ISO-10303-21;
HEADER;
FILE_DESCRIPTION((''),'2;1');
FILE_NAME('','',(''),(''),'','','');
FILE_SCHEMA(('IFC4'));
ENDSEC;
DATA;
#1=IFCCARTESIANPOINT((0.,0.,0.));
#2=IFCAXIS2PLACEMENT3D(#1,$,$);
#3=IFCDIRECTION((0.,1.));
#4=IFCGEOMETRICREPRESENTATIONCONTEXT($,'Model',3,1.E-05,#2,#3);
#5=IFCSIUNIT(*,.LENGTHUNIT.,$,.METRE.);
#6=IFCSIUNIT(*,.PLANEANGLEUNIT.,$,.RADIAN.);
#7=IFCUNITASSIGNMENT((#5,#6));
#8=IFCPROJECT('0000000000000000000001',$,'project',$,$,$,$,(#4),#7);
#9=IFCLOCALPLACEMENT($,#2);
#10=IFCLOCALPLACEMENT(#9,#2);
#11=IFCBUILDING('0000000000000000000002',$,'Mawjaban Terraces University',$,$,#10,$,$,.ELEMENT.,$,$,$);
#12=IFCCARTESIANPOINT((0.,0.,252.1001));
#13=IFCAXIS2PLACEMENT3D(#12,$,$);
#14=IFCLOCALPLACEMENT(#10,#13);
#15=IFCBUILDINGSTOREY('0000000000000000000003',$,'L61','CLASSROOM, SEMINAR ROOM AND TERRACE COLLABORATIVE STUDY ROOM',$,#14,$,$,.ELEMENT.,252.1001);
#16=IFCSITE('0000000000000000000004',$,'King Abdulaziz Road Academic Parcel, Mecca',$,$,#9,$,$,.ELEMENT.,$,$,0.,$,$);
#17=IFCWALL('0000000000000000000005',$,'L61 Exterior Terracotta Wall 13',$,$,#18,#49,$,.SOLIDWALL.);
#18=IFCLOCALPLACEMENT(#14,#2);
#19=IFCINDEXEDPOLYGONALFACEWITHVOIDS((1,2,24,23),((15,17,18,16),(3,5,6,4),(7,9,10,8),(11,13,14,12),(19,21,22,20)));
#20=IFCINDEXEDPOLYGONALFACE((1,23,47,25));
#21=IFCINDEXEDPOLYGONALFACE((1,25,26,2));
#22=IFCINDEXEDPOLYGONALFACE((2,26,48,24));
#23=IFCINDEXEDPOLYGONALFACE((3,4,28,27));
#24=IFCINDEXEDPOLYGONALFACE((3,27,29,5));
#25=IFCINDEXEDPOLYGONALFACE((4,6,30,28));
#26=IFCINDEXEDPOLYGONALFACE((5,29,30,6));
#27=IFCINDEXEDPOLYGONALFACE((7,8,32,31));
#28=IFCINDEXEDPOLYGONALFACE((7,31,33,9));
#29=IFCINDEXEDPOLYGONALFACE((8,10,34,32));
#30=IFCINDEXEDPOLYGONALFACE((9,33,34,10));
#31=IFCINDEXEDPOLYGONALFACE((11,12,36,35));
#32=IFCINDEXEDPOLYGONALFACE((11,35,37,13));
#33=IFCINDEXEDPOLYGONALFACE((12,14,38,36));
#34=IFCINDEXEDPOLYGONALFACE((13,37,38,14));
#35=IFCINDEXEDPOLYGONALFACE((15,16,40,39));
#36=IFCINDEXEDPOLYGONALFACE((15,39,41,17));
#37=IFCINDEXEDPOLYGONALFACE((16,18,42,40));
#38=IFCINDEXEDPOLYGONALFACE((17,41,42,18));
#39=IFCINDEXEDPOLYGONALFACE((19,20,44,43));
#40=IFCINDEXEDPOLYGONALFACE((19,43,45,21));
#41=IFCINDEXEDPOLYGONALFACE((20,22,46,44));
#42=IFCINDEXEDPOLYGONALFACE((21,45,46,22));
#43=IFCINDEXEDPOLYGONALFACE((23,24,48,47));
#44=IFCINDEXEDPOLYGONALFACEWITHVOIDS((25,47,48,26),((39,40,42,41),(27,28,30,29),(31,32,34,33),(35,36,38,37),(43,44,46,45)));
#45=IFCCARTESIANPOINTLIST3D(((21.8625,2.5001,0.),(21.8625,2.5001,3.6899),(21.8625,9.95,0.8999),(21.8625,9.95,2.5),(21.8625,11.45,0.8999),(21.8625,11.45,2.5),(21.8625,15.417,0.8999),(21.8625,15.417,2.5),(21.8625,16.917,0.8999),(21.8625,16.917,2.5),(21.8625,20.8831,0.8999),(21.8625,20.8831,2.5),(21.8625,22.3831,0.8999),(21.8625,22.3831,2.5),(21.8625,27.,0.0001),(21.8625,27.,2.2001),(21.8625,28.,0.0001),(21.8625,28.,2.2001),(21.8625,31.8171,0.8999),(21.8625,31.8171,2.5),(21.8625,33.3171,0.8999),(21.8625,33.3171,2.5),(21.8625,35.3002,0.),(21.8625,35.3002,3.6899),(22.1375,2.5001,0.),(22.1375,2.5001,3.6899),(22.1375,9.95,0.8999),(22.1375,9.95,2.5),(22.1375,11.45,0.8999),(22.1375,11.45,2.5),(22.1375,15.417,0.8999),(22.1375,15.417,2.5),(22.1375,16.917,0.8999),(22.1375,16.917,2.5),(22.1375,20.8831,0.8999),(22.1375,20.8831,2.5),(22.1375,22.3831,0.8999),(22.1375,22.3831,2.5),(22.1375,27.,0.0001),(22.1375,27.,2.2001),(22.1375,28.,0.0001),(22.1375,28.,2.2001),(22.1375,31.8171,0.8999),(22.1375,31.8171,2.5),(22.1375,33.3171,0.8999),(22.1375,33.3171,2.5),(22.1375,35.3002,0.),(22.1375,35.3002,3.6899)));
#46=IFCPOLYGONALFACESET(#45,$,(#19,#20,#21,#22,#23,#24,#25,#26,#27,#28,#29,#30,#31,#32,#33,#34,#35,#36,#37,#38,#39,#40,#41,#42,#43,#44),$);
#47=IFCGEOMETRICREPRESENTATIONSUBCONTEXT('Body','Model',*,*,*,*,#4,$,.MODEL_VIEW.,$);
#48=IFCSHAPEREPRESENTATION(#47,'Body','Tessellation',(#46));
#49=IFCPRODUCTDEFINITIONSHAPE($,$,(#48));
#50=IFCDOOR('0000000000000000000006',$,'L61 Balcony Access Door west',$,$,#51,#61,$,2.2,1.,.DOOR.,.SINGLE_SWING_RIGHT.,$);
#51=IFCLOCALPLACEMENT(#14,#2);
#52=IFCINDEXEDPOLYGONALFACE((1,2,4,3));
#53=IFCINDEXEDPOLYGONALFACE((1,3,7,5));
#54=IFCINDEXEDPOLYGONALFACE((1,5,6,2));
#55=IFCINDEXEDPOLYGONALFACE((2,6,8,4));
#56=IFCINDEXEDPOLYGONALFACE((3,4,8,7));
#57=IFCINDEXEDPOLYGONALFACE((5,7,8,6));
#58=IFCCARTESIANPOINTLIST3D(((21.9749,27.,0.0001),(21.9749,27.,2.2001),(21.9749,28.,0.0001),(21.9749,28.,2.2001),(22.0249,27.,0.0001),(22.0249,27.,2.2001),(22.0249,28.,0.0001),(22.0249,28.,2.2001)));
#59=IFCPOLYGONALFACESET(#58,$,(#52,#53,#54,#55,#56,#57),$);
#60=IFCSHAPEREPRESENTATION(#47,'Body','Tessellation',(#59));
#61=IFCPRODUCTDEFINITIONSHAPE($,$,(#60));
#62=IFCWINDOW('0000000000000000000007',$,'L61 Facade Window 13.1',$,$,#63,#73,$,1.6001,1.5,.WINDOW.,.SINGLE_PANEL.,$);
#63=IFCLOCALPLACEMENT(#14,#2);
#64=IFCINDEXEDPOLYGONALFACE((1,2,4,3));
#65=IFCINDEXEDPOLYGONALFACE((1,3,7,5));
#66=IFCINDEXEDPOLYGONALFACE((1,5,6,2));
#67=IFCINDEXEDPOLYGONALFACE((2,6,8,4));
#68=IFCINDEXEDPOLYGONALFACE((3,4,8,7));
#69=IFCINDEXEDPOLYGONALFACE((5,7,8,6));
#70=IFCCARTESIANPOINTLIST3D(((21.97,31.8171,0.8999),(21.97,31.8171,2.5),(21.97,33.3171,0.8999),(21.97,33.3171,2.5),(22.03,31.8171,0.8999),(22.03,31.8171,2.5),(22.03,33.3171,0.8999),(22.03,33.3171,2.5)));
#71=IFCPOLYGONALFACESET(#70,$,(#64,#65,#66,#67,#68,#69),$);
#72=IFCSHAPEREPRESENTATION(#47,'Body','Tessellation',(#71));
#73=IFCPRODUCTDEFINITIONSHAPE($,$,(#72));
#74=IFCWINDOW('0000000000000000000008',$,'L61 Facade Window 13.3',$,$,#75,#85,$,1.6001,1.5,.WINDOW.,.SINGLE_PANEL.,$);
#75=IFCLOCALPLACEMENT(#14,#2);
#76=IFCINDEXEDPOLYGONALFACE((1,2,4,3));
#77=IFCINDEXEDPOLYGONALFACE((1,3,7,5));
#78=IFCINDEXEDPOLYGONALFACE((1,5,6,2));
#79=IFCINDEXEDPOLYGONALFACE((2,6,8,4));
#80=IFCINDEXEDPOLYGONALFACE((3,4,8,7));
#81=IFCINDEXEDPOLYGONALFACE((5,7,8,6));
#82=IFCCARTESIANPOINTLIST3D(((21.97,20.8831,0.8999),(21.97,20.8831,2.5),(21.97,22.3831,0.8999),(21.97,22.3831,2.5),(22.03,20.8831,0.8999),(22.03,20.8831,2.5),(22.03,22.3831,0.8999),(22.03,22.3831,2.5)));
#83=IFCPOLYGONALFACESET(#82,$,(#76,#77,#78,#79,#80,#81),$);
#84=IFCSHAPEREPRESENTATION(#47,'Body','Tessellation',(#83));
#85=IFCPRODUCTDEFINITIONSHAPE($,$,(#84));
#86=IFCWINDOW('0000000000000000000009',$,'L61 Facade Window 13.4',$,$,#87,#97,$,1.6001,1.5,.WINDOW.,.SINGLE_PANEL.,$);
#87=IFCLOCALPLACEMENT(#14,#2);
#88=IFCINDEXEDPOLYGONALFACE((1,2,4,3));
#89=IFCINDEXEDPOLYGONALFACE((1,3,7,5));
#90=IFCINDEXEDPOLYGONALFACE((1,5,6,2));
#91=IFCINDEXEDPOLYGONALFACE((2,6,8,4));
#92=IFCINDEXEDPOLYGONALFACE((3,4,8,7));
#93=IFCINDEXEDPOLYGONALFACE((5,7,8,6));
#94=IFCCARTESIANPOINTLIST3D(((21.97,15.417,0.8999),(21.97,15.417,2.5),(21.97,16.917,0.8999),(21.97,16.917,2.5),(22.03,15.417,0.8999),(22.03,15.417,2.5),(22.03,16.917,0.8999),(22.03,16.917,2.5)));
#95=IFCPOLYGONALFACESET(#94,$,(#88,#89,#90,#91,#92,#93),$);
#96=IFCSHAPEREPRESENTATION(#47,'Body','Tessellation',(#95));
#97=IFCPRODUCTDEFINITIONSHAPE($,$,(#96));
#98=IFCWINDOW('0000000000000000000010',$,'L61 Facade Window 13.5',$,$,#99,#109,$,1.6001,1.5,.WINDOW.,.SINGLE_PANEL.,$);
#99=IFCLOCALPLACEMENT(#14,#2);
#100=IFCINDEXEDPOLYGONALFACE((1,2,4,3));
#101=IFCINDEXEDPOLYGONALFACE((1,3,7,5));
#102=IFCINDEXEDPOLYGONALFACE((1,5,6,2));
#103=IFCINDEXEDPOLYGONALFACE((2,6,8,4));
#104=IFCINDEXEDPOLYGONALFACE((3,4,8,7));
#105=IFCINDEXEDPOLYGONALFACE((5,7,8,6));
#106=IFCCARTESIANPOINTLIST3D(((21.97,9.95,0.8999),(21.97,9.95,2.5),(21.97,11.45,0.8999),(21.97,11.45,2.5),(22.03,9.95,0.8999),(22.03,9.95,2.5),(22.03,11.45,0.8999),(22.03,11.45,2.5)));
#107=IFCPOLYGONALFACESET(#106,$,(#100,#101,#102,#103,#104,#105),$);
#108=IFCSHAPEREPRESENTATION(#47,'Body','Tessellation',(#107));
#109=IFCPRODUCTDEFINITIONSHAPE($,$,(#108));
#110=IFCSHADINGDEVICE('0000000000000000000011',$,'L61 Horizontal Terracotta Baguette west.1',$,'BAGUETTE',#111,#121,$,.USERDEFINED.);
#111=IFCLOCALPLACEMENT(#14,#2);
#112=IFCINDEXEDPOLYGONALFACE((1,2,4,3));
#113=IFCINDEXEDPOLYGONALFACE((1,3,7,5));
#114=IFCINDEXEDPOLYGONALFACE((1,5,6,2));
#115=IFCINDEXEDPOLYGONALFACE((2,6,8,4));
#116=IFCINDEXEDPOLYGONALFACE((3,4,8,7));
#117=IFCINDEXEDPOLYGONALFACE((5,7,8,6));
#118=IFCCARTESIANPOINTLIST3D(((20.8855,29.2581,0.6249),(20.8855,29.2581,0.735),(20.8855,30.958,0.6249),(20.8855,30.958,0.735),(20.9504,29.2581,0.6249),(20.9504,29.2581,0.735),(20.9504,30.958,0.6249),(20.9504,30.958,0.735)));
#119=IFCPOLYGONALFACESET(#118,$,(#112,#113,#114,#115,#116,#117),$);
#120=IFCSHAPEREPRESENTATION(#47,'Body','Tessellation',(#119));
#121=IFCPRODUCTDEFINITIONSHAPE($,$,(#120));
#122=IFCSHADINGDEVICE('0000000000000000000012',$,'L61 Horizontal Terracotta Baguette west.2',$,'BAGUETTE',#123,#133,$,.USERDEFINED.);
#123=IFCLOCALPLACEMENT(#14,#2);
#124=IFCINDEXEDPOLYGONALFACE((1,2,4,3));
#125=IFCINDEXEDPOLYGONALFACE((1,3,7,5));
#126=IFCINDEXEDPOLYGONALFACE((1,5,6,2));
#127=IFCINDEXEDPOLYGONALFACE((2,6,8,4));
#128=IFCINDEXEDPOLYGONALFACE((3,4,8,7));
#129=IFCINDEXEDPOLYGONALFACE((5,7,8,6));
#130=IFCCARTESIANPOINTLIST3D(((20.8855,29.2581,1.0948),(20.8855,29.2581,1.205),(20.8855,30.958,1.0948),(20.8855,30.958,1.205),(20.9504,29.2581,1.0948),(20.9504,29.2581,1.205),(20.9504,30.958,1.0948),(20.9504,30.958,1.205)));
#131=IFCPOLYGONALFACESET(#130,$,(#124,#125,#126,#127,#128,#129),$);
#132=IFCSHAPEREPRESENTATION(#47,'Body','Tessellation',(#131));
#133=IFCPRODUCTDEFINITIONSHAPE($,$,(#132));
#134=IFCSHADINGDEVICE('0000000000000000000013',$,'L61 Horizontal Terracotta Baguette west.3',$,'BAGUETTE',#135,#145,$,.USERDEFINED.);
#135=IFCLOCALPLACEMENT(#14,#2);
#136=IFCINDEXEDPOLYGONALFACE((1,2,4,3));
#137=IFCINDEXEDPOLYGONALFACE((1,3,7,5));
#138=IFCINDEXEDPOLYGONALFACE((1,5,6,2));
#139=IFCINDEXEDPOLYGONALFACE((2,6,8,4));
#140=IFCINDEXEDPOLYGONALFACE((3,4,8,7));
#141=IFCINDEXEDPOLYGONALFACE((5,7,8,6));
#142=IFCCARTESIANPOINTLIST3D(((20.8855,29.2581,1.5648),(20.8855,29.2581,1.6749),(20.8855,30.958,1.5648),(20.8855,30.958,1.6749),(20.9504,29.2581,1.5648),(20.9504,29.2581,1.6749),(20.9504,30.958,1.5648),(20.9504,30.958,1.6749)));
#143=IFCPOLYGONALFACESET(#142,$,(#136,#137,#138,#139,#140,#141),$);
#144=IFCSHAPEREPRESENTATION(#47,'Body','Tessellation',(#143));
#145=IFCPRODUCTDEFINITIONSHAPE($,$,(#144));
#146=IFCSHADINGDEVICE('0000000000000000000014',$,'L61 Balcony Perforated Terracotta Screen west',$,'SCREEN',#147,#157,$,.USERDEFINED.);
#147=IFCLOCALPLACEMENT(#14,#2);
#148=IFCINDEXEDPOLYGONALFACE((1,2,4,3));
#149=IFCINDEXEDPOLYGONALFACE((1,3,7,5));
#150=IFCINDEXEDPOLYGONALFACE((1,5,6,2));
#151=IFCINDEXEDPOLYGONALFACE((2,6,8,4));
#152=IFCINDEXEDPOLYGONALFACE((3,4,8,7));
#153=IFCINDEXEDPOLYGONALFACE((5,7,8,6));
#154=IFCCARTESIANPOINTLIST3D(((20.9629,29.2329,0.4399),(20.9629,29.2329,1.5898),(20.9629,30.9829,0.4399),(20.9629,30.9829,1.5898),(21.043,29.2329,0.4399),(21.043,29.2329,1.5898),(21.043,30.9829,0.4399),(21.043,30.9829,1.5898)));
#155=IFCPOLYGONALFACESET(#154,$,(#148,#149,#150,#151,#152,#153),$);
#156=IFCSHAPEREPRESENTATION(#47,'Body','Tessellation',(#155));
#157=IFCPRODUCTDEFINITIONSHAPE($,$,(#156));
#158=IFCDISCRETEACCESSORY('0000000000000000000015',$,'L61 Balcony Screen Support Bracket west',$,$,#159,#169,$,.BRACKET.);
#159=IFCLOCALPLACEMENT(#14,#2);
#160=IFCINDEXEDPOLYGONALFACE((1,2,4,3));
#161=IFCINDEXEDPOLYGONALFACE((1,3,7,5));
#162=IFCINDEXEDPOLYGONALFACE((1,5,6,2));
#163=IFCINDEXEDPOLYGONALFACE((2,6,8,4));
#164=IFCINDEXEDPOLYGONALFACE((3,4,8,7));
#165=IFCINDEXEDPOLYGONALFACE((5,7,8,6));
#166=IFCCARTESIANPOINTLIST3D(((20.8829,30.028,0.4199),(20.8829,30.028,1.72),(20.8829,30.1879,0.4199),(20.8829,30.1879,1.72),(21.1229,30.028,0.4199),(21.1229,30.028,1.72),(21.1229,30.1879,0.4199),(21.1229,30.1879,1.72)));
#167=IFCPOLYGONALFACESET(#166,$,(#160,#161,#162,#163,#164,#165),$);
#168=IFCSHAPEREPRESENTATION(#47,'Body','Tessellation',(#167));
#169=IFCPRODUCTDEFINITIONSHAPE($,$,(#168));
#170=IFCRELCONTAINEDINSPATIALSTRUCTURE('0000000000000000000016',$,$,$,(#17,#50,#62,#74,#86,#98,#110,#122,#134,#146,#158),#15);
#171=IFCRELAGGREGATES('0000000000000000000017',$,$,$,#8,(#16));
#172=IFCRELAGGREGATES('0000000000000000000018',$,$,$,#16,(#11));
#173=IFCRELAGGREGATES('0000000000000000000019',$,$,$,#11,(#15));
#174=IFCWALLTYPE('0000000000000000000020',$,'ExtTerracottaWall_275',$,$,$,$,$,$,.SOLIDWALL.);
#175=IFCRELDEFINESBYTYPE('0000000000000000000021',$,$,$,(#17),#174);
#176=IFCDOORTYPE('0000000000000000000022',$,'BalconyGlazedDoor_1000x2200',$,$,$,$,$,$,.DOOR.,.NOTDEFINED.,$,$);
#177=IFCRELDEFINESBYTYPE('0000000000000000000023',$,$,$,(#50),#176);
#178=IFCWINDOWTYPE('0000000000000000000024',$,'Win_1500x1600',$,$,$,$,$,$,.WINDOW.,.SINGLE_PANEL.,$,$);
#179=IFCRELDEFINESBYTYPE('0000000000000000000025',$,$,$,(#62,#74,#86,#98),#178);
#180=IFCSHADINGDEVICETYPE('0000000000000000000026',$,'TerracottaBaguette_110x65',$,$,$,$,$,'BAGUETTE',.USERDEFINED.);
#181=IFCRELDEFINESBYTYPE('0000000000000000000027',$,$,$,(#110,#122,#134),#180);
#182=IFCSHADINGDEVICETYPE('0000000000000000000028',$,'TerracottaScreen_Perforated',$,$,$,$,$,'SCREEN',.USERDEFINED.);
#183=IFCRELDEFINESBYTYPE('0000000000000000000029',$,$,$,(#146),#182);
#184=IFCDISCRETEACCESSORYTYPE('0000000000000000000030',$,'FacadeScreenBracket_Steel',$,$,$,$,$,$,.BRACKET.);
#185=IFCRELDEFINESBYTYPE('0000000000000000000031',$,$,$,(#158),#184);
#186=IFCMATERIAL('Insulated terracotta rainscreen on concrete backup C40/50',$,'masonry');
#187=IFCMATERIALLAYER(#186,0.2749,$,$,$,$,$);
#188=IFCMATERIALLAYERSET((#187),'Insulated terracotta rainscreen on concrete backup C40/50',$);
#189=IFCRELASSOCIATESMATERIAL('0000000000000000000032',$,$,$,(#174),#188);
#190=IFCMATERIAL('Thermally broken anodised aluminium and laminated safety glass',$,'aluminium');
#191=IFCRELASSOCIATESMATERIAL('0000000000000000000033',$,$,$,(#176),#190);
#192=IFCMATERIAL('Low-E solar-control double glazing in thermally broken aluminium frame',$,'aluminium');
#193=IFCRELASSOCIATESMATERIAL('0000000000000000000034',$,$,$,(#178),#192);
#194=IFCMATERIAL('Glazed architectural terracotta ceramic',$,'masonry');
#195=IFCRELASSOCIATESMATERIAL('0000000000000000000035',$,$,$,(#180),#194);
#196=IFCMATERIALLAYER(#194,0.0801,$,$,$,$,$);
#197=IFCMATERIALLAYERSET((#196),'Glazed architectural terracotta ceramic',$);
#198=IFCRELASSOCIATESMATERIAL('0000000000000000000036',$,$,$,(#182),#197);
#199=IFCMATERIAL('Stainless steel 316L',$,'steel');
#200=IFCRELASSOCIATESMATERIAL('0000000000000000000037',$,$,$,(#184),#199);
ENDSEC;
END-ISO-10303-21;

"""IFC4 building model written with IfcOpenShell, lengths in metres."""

from ifc_helpers import new_model, si_unit, direction, frame, frame_2d, origin, origin_2d, place, context, subcontext, project, spatial, rectangle, extrude, material, layer, layer_set, material_profile, profile_set, type_object, element, fill, save


model = new_model("IFC4")

# Units and contexts
model_context = context("Model", 3, precision=1e-05, world=origin(), true_north=direction((0.0, 1.0)))
body_context = subcontext(model_context, "Body", "Model", "MODEL_VIEW")
ifc_project = project(units=[si_unit("LENGTHUNIT", "METRE"), si_unit("PLANEANGLEUNIT", "RADIAN")], contexts=[model_context])

# Site, building, storey
site_placement = place(None, origin())
site = spatial("IfcSite", under=ifc_project, at=site_placement, Name="King Abdulaziz Road Academic Parcel, Mecca", CompositionType="ELEMENT", RefElevation=0.0)
building_placement = place(site_placement, origin())
building = spatial("IfcBuilding", under=site, at=building_placement, Name="Mawjaban Terraces University", CompositionType="ELEMENT")
storey_placement = place(building_placement, frame((0.0, 0.0, 252.1001)))
storey = spatial("IfcBuildingStorey", under=building, at=storey_placement, Name="L61", Description="CLASSROOM, SEMINAR ROOM AND TERRACE COLLABORATIVE STUDY ROOM", CompositionType="ELEMENT", Elevation=252.1001)

# Shared definitions
ifc_material_1 = material(Name="Insulated terracotta rainscreen on concrete backup C40/50", Category="masonry")
ifc_layer_1 = layer(ifc_material_1, 0.2749)
ifc_layer_set_1 = layer_set([ifc_layer_1], Name="Insulated terracotta rainscreen on concrete backup C40/50")
wall_type_1 = type_object("IfcWallType", Name="ExtTerracottaWall_275", PredefinedType="SOLIDWALL", material=ifc_layer_set_1)

# Wall, openings, door, windows
wall_1_placement = place(storey_placement, frame((22.0, 35.3, 0.0), z_axis=(0.0, 0.0, 1.0), x_axis=(0.0, -1.0, 0.0)))
wall_1 = element("IfcWall", 1, at=wall_1_placement, inside=storey, type_object=wall_type_1, Name="L61 Exterior Terracotta Wall 13", PredefinedType="SOLIDWALL", context=body_context, shape_type="SweptSolid", body=[
    extrude(rectangle(XDim=32.8, YDim=0.2749, at=frame_2d((16.3999, 0.0))), origin(), (0.0, 0.0, 1.0), 3.6899),
])
opening_1_placement = place(wall_1_placement, frame((7.3, 0.0, 0.0)))
opening_1 = element("IfcOpeningElement", 2, at=opening_1_placement, cuts=wall_1, PredefinedType="OPENING", context=body_context, shape_type="SweptSolid", body=[
    extrude(rectangle(XDim=1.0, YDim=2.2, at=frame_2d((0.5, 1.1001))), frame((0.0, 0.1475, 0.0), z_axis=(0.0, -1.0, 0.0), x_axis=(1.0, 0.0, 0.0)), (0.0, 0.0, 1.0), 0.2949),
])
opening_2_placement = place(wall_1_placement, frame((1.9829, 0.0, 0.8999)))
opening_2 = element("IfcOpeningElement", 3, at=opening_2_placement, cuts=wall_1, PredefinedType="OPENING", context=body_context, shape_type="SweptSolid", body=[
    extrude(rectangle(XDim=1.5, YDim=1.6001, at=frame_2d((0.75, 0.8))), frame((0.0, 0.1475, 0.0), z_axis=(0.0, -1.0, 0.0), x_axis=(1.0, 0.0, 0.0)), (0.0, 0.0, 1.0), 0.2949),
])
opening_3_placement = place(wall_1_placement, frame((12.917, 0.0, 0.8999)))
opening_3 = element("IfcOpeningElement", 4, at=opening_3_placement, cuts=wall_1, PredefinedType="OPENING", context=body_context, shape_type="SweptSolid", body=[
    extrude(rectangle(XDim=1.5, YDim=1.6001, at=frame_2d((0.75, 0.8))), frame((0.0, 0.1475, 0.0), z_axis=(0.0, -1.0, 0.0), x_axis=(1.0, 0.0, 0.0)), (0.0, 0.0, 1.0), 0.2949),
])
opening_4_placement = place(wall_1_placement, frame((18.3831, 0.0, 0.8999)))
opening_4 = element("IfcOpeningElement", 5, at=opening_4_placement, cuts=wall_1, PredefinedType="OPENING", context=body_context, shape_type="SweptSolid", body=[
    extrude(rectangle(XDim=1.5, YDim=1.6001, at=frame_2d((0.75, 0.8))), frame((0.0, 0.1475, 0.0), z_axis=(0.0, -1.0, 0.0), x_axis=(1.0, 0.0, 0.0)), (0.0, 0.0, 1.0), 0.2949),
])
opening_5_placement = place(wall_1_placement, frame((23.8501, 0.0, 0.8999)))
opening_5 = element("IfcOpeningElement", 6, at=opening_5_placement, cuts=wall_1, PredefinedType="OPENING", context=body_context, shape_type="SweptSolid", body=[
    extrude(rectangle(XDim=1.5, YDim=1.6001, at=frame_2d((0.75, 0.8))), frame((0.0, 0.1475, 0.0), z_axis=(0.0, -1.0, 0.0), x_axis=(1.0, 0.0, 0.0)), (0.0, 0.0, 1.0), 0.2949),
])
ifc_material_2 = material(Name="Thermally broken anodised aluminium and laminated safety glass", Category="aluminium")
door_type_1 = type_object("IfcDoorType", Name="BalconyGlazedDoor_1000x2200", OperationType="NOTDEFINED", PredefinedType="DOOR", material=ifc_material_2)
door_1_placement = place(opening_1_placement, origin())
door_1 = element("IfcDoor", 7, at=door_1_placement, inside=storey, type_object=door_type_1, Name="L61 Balcony Access Door west", OperationType="SINGLE_SWING_RIGHT", OverallHeight=2.2, OverallWidth=1.0, PredefinedType="DOOR", context=body_context, shape_type="SweptSolid", body=[
    extrude(rectangle(XDim=1.0, YDim=2.2, at=frame_2d((0.5, 1.1001))), frame((0.0, 0.0249, 0.0), z_axis=(0.0, -1.0, 0.0), x_axis=(1.0, 0.0, 0.0)), (0.0, 0.0, 1.0), 0.05),
])
fill(opening_1, door_1)
ifc_material_3 = material(Name="Low-E solar-control double glazing in thermally broken aluminium frame", Category="aluminium")
window_type = type_object("IfcWindowType", Name="Win_1500x1600", PartitioningType="SINGLE_PANEL", PredefinedType="WINDOW", material=ifc_material_3)
window_1_placement = place(opening_2_placement, origin())
window_1 = element("IfcWindow", 8, at=window_1_placement, inside=storey, type_object=window_type, Name="L61 Facade Window 13.1", OverallHeight=1.6001, OverallWidth=1.5, PartitioningType="SINGLE_PANEL", PredefinedType="WINDOW", context=body_context, shape_type="SweptSolid", body=[
    extrude(rectangle(XDim=1.5, YDim=1.6001, at=frame_2d((0.75, 0.8))), frame((0.0, 0.03, 0.0), z_axis=(0.0, -1.0, 0.0), x_axis=(1.0, 0.0, 0.0)), (0.0, 0.0, 1.0), 0.0601),
])
fill(opening_2, window_1)
window_2_placement = place(opening_3_placement, origin())
window_2 = element("IfcWindow", 9, at=window_2_placement, inside=storey, type_object=window_type, Name="L61 Facade Window 13.3", OverallHeight=1.6001, OverallWidth=1.5, PartitioningType="SINGLE_PANEL", PredefinedType="WINDOW", context=body_context, shape_type="SweptSolid", body=[
    extrude(rectangle(XDim=1.5, YDim=1.6001, at=frame_2d((0.75, 0.8))), frame((0.0, 0.03, 0.0), z_axis=(0.0, -1.0, 0.0), x_axis=(1.0, 0.0, 0.0)), (0.0, 0.0, 1.0), 0.0601),
])
fill(opening_3, window_2)
window_3_placement = place(opening_4_placement, origin())
window_3 = element("IfcWindow", 10, at=window_3_placement, inside=storey, type_object=window_type, Name="L61 Facade Window 13.4", OverallHeight=1.6001, OverallWidth=1.5, PartitioningType="SINGLE_PANEL", PredefinedType="WINDOW", context=body_context, shape_type="SweptSolid", body=[
    extrude(rectangle(XDim=1.5, YDim=1.6001, at=frame_2d((0.75, 0.8))), frame((0.0, 0.03, 0.0), z_axis=(0.0, -1.0, 0.0), x_axis=(1.0, 0.0, 0.0)), (0.0, 0.0, 1.0), 0.0601),
])
fill(opening_4, window_3)
window_4_placement = place(opening_5_placement, origin())
window_4 = element("IfcWindow", 11, at=window_4_placement, inside=storey, type_object=window_type, Name="L61 Facade Window 13.5", OverallHeight=1.6001, OverallWidth=1.5, PartitioningType="SINGLE_PANEL", PredefinedType="WINDOW", context=body_context, shape_type="SweptSolid", body=[
    extrude(rectangle(XDim=1.5, YDim=1.6001, at=frame_2d((0.75, 0.8))), frame((0.0, 0.03, 0.0), z_axis=(0.0, -1.0, 0.0), x_axis=(1.0, 0.0, 0.0)), (0.0, 0.0, 1.0), 0.0601),
])
fill(opening_5, window_4)

# Shading devices
ifc_material_4 = material(Name="Glazed architectural terracotta ceramic", Category="masonry")
ifc_material_profile_1 = material_profile(ifc_material_4, rectangle(XDim=0.0649, YDim=0.1101, at=origin_2d()), Name="TBAG110X65")
ifc_profile_set_1 = profile_set([ifc_material_profile_1], Name="Glazed architectural terracotta ceramic")
shading_device_type_1 = type_object("IfcShadingDeviceType", Name="TerracottaBaguette_110x65", ElementType="BAGUETTE", PredefinedType="USERDEFINED", material=ifc_profile_set_1)
for number, where, z_axis, x_axis, name in (
    (12, (20.918, 29.2581, 0.6799), (0.0, 1.0, 0.0), (-1.0, 0.0, 0.0), "L61 Horizontal Terracotta Baguette west.1"),
    (13, (20.918, 29.2581, 1.1499), (0.0, 1.0, 0.0), (-1.0, 0.0, 0.0), "L61 Horizontal Terracotta Baguette west.2"),
    (14, (20.918, 29.2581, 1.6199), (0.0, 1.0, 0.0), (-1.0, 0.0, 0.0), "L61 Horizontal Terracotta Baguette west.3"),
):
    element("IfcShadingDevice", number, at=place(storey_placement, frame(where, z_axis=z_axis, x_axis=x_axis)), inside=storey, type_object=shading_device_type_1, Name=name, ObjectType="BAGUETTE", PredefinedType="USERDEFINED", context=body_context, shape_type="SweptSolid", body=[
        extrude(rectangle(XDim=0.0649, YDim=0.1101, at=origin_2d()), origin(), (0.0, 0.0, 1.0), 1.7),
    ])
ifc_layer_2 = layer(ifc_material_4, 0.0801)
ifc_layer_set_2 = layer_set([ifc_layer_2], Name="Glazed architectural terracotta ceramic")
shading_device_type_2 = type_object("IfcShadingDeviceType", Name="TerracottaScreen_Perforated", ElementType="SCREEN", PredefinedType="USERDEFINED", material=ifc_layer_set_2)
shading_device_placement = place(storey_placement, frame((21.0029, 30.1079, 0.4399), z_axis=(0.0, 0.0, 1.0), x_axis=(0.0, 1.0, 0.0)))
element("IfcShadingDevice", 15, at=shading_device_placement, inside=storey, type_object=shading_device_type_2, Name="L61 Balcony Perforated Terracotta Screen west", ObjectType="SCREEN", PredefinedType="USERDEFINED", context=body_context, shape_type="SweptSolid", body=[
    extrude(rectangle(XDim=1.75, YDim=0.0801, at=origin_2d()), origin(), (0.0, 0.0, 1.0), 1.1499),
])

# Discrete accessory
ifc_material_5 = material(Name="Stainless steel 316L", Category="steel")
discrete_accessory_type_1 = type_object("IfcDiscreteAccessoryType", Name="FacadeScreenBracket_Steel", PredefinedType="BRACKET", material=ifc_material_5)
discrete_accessory_1_placement = place(storey_placement, frame((21.0029, 30.1079, 0.4199), z_axis=(0.0, 0.0, 1.0), x_axis=(0.0, 1.0, 0.0)))
element("IfcDiscreteAccessory", 16, at=discrete_accessory_1_placement, inside=storey, type_object=discrete_accessory_type_1, Name="L61 Balcony Screen Support Bracket west", PredefinedType="BRACKET", context=body_context, shape_type="SweptSolid", body=[
    extrude(rectangle(XDim=0.1599, YDim=0.24, at=origin_2d()), origin(), (0.0, 0.0, 1.0), 1.3),
])

save(model, "model.ifc")
